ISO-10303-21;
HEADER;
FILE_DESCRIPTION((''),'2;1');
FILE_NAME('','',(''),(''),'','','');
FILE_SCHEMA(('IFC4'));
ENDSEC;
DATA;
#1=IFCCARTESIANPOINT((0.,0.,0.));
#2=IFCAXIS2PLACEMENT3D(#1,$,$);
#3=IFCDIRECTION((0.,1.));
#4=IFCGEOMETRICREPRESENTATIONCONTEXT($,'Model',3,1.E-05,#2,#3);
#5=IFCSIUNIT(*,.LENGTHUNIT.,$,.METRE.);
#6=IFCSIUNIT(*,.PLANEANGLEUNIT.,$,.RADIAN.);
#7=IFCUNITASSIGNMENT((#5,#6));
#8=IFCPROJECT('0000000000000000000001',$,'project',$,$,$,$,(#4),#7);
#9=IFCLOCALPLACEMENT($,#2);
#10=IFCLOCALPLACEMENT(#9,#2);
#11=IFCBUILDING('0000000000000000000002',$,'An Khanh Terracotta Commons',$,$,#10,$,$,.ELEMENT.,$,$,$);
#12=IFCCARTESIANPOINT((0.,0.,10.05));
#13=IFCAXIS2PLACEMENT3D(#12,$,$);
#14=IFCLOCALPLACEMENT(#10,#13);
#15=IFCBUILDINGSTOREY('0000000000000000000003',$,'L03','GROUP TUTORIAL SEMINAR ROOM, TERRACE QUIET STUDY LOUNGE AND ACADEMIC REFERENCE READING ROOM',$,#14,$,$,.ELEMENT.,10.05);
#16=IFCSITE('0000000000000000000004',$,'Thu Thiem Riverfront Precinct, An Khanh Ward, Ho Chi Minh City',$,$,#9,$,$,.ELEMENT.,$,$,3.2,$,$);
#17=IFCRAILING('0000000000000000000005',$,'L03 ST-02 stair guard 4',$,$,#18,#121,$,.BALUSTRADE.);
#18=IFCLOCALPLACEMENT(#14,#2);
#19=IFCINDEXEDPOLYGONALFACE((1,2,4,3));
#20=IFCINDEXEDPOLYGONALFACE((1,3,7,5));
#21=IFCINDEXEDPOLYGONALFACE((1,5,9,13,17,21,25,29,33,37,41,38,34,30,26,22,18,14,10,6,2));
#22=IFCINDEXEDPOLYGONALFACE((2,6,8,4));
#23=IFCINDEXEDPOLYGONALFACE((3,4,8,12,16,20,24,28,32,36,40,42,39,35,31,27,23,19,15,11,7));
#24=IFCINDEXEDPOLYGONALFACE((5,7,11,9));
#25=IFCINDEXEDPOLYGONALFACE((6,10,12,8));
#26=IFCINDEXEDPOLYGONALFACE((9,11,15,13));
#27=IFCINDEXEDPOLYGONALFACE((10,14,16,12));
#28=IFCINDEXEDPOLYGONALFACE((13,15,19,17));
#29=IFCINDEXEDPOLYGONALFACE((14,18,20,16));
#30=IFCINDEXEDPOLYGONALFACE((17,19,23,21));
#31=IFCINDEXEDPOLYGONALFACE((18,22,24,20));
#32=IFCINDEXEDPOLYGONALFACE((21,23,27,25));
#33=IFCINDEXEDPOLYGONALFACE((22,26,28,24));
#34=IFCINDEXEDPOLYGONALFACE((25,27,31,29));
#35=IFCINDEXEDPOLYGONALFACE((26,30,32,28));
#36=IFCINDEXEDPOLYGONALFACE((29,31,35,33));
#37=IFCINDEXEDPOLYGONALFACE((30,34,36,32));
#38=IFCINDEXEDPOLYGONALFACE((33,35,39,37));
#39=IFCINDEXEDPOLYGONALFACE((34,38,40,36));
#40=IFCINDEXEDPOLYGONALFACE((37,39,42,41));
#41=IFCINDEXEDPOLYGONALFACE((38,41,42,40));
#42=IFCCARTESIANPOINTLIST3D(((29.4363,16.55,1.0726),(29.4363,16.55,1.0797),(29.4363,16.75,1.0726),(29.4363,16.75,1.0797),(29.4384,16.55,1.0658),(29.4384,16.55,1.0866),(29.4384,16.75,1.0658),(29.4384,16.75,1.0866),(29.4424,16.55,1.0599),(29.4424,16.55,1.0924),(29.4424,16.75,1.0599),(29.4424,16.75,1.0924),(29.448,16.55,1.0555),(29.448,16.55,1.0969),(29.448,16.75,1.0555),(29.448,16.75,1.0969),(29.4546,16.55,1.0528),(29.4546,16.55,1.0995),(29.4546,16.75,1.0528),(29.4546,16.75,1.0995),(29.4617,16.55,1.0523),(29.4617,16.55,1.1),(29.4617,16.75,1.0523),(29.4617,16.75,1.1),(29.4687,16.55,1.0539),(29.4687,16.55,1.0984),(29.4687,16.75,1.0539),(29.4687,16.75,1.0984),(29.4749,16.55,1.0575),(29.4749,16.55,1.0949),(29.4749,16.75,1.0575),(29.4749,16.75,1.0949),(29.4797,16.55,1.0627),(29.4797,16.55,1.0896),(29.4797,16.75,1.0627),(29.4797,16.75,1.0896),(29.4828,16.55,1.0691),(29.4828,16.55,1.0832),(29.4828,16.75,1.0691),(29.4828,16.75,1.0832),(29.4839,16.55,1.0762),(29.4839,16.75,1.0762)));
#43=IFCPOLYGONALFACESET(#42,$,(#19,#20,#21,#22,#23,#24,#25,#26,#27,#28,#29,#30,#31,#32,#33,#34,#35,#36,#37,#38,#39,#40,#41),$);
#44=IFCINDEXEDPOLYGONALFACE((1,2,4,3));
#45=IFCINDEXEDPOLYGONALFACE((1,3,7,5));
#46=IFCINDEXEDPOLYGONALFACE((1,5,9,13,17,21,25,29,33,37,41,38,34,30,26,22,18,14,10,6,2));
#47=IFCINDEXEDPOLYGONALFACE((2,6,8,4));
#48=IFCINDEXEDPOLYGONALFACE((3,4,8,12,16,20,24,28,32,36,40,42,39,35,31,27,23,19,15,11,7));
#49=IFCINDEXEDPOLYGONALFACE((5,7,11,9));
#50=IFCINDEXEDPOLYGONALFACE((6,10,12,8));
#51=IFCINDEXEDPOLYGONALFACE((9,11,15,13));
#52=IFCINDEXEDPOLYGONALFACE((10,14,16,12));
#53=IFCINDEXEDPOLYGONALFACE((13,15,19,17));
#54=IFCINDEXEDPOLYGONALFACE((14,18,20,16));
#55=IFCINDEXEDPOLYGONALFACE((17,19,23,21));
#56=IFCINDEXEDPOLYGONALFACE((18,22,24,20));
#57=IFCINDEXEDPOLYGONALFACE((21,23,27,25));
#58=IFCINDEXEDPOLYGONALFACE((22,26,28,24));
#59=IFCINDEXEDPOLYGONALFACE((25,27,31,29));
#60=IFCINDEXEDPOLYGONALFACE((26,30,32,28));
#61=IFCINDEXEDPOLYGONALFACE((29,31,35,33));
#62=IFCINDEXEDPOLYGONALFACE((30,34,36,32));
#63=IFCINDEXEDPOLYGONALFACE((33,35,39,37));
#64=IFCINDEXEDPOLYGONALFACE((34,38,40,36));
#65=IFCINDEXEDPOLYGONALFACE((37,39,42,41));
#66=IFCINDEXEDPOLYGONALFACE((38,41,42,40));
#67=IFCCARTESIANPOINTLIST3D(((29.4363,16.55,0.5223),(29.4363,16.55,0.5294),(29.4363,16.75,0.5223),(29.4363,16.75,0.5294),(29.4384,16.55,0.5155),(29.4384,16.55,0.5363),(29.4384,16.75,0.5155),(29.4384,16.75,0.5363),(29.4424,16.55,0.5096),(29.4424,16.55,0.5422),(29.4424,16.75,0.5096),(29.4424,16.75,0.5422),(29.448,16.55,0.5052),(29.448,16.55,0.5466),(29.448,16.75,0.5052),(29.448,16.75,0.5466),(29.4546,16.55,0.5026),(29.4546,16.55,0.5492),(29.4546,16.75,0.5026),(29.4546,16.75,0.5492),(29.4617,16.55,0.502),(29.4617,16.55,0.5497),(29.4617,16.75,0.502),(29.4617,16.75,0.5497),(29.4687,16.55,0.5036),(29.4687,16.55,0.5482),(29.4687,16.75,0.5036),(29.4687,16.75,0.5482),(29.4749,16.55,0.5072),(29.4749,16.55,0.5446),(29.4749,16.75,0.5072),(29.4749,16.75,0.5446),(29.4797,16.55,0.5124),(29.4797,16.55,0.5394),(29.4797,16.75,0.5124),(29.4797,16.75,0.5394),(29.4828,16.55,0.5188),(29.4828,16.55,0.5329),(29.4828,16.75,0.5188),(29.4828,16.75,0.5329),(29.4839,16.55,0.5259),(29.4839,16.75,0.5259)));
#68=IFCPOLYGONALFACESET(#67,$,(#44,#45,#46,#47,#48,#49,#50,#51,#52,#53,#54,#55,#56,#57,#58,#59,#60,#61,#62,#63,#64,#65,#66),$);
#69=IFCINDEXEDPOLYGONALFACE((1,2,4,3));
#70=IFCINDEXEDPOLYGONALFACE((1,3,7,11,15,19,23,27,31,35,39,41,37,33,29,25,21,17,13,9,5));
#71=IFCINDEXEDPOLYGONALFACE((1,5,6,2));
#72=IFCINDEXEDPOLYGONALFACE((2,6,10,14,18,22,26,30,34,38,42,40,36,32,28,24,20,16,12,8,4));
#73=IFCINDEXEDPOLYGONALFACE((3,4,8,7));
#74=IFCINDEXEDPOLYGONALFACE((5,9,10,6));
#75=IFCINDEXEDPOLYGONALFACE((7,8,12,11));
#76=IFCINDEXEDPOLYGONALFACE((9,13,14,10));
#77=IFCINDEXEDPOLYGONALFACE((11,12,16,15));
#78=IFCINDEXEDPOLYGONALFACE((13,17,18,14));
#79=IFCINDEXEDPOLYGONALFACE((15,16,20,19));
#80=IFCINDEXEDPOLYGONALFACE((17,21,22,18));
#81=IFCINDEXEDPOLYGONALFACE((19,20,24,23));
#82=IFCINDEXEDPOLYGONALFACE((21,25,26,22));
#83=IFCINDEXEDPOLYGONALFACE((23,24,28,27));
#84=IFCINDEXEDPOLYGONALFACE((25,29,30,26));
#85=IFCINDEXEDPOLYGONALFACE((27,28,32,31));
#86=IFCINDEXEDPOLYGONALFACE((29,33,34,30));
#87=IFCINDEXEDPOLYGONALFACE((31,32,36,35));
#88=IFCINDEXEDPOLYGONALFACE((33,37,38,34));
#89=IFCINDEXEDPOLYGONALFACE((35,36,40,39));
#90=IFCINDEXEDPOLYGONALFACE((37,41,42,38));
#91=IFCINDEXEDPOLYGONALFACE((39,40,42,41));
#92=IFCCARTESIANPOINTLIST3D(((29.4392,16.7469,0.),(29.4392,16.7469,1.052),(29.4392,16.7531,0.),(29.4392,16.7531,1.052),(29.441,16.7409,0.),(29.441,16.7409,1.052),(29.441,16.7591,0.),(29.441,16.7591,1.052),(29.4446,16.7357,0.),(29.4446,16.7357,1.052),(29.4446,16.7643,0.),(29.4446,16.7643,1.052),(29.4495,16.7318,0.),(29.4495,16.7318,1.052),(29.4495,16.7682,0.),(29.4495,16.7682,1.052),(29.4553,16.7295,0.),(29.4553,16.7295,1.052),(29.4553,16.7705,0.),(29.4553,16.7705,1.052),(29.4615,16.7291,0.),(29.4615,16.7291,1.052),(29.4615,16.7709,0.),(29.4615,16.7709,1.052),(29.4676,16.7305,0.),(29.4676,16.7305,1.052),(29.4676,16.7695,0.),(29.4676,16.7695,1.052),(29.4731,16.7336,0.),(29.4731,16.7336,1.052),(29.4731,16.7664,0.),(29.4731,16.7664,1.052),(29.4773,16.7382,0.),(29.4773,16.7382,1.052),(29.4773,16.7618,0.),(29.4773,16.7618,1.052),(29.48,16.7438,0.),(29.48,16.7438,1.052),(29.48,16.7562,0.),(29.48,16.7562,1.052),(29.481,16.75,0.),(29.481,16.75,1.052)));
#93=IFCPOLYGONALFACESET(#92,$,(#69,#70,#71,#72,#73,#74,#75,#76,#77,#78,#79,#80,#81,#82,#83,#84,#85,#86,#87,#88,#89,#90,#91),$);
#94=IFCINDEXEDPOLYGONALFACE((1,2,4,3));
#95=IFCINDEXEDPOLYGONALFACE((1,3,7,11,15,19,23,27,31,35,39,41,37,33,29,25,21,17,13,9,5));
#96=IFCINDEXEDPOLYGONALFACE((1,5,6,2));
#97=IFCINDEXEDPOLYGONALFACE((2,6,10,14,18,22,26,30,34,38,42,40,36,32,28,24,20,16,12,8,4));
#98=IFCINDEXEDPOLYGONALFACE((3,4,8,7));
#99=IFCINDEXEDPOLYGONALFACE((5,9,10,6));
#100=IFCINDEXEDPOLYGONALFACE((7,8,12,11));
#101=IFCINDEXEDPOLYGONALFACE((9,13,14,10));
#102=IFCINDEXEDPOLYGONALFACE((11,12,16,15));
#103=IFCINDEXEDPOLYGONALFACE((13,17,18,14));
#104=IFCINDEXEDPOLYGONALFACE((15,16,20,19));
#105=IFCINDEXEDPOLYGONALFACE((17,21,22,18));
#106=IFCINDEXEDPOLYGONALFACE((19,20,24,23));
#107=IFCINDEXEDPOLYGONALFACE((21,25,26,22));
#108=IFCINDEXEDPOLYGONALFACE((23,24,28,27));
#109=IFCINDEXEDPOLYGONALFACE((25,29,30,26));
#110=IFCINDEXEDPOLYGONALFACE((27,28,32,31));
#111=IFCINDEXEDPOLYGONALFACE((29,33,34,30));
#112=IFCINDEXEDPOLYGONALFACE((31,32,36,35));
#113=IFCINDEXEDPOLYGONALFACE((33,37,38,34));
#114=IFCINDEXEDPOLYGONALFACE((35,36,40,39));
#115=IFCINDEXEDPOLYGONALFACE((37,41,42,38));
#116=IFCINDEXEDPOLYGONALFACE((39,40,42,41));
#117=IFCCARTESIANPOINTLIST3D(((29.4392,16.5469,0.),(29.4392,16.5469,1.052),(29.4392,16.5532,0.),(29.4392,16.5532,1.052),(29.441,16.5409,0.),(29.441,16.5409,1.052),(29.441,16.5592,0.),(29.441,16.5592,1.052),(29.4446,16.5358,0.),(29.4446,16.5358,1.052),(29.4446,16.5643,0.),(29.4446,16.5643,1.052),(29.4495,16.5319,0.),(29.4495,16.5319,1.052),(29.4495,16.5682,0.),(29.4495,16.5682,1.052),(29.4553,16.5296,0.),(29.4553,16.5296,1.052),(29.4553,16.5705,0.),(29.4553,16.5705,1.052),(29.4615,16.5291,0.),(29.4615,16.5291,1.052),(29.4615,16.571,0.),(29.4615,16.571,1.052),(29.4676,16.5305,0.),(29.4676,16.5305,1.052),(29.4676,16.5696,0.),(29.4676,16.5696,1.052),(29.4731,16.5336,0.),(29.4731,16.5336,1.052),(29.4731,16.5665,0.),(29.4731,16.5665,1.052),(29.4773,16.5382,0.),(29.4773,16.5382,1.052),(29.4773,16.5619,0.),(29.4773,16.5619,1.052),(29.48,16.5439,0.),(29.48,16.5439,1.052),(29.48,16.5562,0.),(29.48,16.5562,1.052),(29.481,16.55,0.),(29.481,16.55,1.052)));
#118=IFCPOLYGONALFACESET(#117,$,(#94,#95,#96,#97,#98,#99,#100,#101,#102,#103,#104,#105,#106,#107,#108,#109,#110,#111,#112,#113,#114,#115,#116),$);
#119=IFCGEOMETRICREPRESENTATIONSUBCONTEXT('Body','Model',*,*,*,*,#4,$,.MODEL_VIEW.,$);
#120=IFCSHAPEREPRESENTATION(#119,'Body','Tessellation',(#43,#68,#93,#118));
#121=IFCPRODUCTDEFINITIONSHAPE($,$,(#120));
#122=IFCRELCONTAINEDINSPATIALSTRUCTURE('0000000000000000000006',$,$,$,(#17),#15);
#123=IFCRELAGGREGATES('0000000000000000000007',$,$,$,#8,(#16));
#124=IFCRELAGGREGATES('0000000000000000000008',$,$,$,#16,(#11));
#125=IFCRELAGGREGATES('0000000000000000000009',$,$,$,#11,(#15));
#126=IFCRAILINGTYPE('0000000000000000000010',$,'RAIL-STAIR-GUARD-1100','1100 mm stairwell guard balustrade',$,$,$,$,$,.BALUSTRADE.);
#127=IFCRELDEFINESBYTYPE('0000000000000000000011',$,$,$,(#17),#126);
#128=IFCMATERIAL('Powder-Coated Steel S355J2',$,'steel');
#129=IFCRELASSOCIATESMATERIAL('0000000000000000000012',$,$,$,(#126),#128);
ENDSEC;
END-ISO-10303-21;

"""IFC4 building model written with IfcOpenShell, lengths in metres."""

from ifc_helpers import new_model, si_unit, direction, frame, origin, origin_2d, place, context, subcontext, project, spatial, circle, extrude, material, type_object, element, save


model = new_model("IFC4")

# Units and contexts
model_context = context("Model", 3, precision=1e-05, world=origin(), true_north=direction((0.0, 1.0)))
body_context = subcontext(model_context, "Body", "Model", "MODEL_VIEW")
ifc_project = project(units=[si_unit("LENGTHUNIT", "METRE"), si_unit("PLANEANGLEUNIT", "RADIAN")], contexts=[model_context])

# Site, building, storey
site_placement = place(None, origin())
site = spatial("IfcSite", under=ifc_project, at=site_placement, Name="Thu Thiem Riverfront Precinct, An Khanh Ward, Ho Chi Minh City", CompositionType="ELEMENT", RefElevation=3.2)
building_placement = place(site_placement, origin())
building = spatial("IfcBuilding", under=site, at=building_placement, Name="An Khanh Terracotta Commons", CompositionType="ELEMENT")
storey_placement = place(building_placement, frame((0.0, 0.0, 10.05)))
storey = spatial("IfcBuildingStorey", under=building, at=storey_placement, Name="L03", Description="GROUP TUTORIAL SEMINAR ROOM, TERRACE QUIET STUDY LOUNGE AND ACADEMIC REFERENCE READING ROOM", CompositionType="ELEMENT", Elevation=10.05)

# Railing
ifc_material_1 = material(Name="Powder-Coated Steel S355J2", Category="steel")
railing_type_1 = type_object("IfcRailingType", Name="RAIL-STAIR-GUARD-1100", Description="1100 mm stairwell guard balustrade", PredefinedType="BALUSTRADE", material=ifc_material_1)
railing_1_placement = place(storey_placement, frame((29.46, 16.75, 0.0)))
element("IfcRailing", 1, at=railing_1_placement, inside=storey, type_object=railing_type_1, Name="L03 ST-02 stair guard 4", PredefinedType="BALUSTRADE", context=body_context, shape_type="SweptSolid", body=[
    extrude(circle(Radius=0.0239, at=origin_2d()), frame((0.0, 0.0, 1.0762), z_axis=(0.0, -1.0, 0.0), x_axis=(1.0, 0.0, 0.0)), (0.0, 0.0, 1.0), 0.2),
    extrude(circle(Radius=0.0239, at=origin_2d()), frame((0.0, 0.0, 0.5259), z_axis=(0.0, -1.0, 0.0), x_axis=(1.0, 0.0, 0.0)), (0.0, 0.0, 1.0), 0.2),
    extrude(circle(Radius=0.021, at=origin_2d()), origin(), (0.0, 0.0, 1.0), 1.052),
    extrude(circle(Radius=0.021, at=origin_2d()), frame((0.0, -0.2, 0.0)), (0.0, 0.0, 1.0), 1.052),
])

save(model, "model.ifc")
